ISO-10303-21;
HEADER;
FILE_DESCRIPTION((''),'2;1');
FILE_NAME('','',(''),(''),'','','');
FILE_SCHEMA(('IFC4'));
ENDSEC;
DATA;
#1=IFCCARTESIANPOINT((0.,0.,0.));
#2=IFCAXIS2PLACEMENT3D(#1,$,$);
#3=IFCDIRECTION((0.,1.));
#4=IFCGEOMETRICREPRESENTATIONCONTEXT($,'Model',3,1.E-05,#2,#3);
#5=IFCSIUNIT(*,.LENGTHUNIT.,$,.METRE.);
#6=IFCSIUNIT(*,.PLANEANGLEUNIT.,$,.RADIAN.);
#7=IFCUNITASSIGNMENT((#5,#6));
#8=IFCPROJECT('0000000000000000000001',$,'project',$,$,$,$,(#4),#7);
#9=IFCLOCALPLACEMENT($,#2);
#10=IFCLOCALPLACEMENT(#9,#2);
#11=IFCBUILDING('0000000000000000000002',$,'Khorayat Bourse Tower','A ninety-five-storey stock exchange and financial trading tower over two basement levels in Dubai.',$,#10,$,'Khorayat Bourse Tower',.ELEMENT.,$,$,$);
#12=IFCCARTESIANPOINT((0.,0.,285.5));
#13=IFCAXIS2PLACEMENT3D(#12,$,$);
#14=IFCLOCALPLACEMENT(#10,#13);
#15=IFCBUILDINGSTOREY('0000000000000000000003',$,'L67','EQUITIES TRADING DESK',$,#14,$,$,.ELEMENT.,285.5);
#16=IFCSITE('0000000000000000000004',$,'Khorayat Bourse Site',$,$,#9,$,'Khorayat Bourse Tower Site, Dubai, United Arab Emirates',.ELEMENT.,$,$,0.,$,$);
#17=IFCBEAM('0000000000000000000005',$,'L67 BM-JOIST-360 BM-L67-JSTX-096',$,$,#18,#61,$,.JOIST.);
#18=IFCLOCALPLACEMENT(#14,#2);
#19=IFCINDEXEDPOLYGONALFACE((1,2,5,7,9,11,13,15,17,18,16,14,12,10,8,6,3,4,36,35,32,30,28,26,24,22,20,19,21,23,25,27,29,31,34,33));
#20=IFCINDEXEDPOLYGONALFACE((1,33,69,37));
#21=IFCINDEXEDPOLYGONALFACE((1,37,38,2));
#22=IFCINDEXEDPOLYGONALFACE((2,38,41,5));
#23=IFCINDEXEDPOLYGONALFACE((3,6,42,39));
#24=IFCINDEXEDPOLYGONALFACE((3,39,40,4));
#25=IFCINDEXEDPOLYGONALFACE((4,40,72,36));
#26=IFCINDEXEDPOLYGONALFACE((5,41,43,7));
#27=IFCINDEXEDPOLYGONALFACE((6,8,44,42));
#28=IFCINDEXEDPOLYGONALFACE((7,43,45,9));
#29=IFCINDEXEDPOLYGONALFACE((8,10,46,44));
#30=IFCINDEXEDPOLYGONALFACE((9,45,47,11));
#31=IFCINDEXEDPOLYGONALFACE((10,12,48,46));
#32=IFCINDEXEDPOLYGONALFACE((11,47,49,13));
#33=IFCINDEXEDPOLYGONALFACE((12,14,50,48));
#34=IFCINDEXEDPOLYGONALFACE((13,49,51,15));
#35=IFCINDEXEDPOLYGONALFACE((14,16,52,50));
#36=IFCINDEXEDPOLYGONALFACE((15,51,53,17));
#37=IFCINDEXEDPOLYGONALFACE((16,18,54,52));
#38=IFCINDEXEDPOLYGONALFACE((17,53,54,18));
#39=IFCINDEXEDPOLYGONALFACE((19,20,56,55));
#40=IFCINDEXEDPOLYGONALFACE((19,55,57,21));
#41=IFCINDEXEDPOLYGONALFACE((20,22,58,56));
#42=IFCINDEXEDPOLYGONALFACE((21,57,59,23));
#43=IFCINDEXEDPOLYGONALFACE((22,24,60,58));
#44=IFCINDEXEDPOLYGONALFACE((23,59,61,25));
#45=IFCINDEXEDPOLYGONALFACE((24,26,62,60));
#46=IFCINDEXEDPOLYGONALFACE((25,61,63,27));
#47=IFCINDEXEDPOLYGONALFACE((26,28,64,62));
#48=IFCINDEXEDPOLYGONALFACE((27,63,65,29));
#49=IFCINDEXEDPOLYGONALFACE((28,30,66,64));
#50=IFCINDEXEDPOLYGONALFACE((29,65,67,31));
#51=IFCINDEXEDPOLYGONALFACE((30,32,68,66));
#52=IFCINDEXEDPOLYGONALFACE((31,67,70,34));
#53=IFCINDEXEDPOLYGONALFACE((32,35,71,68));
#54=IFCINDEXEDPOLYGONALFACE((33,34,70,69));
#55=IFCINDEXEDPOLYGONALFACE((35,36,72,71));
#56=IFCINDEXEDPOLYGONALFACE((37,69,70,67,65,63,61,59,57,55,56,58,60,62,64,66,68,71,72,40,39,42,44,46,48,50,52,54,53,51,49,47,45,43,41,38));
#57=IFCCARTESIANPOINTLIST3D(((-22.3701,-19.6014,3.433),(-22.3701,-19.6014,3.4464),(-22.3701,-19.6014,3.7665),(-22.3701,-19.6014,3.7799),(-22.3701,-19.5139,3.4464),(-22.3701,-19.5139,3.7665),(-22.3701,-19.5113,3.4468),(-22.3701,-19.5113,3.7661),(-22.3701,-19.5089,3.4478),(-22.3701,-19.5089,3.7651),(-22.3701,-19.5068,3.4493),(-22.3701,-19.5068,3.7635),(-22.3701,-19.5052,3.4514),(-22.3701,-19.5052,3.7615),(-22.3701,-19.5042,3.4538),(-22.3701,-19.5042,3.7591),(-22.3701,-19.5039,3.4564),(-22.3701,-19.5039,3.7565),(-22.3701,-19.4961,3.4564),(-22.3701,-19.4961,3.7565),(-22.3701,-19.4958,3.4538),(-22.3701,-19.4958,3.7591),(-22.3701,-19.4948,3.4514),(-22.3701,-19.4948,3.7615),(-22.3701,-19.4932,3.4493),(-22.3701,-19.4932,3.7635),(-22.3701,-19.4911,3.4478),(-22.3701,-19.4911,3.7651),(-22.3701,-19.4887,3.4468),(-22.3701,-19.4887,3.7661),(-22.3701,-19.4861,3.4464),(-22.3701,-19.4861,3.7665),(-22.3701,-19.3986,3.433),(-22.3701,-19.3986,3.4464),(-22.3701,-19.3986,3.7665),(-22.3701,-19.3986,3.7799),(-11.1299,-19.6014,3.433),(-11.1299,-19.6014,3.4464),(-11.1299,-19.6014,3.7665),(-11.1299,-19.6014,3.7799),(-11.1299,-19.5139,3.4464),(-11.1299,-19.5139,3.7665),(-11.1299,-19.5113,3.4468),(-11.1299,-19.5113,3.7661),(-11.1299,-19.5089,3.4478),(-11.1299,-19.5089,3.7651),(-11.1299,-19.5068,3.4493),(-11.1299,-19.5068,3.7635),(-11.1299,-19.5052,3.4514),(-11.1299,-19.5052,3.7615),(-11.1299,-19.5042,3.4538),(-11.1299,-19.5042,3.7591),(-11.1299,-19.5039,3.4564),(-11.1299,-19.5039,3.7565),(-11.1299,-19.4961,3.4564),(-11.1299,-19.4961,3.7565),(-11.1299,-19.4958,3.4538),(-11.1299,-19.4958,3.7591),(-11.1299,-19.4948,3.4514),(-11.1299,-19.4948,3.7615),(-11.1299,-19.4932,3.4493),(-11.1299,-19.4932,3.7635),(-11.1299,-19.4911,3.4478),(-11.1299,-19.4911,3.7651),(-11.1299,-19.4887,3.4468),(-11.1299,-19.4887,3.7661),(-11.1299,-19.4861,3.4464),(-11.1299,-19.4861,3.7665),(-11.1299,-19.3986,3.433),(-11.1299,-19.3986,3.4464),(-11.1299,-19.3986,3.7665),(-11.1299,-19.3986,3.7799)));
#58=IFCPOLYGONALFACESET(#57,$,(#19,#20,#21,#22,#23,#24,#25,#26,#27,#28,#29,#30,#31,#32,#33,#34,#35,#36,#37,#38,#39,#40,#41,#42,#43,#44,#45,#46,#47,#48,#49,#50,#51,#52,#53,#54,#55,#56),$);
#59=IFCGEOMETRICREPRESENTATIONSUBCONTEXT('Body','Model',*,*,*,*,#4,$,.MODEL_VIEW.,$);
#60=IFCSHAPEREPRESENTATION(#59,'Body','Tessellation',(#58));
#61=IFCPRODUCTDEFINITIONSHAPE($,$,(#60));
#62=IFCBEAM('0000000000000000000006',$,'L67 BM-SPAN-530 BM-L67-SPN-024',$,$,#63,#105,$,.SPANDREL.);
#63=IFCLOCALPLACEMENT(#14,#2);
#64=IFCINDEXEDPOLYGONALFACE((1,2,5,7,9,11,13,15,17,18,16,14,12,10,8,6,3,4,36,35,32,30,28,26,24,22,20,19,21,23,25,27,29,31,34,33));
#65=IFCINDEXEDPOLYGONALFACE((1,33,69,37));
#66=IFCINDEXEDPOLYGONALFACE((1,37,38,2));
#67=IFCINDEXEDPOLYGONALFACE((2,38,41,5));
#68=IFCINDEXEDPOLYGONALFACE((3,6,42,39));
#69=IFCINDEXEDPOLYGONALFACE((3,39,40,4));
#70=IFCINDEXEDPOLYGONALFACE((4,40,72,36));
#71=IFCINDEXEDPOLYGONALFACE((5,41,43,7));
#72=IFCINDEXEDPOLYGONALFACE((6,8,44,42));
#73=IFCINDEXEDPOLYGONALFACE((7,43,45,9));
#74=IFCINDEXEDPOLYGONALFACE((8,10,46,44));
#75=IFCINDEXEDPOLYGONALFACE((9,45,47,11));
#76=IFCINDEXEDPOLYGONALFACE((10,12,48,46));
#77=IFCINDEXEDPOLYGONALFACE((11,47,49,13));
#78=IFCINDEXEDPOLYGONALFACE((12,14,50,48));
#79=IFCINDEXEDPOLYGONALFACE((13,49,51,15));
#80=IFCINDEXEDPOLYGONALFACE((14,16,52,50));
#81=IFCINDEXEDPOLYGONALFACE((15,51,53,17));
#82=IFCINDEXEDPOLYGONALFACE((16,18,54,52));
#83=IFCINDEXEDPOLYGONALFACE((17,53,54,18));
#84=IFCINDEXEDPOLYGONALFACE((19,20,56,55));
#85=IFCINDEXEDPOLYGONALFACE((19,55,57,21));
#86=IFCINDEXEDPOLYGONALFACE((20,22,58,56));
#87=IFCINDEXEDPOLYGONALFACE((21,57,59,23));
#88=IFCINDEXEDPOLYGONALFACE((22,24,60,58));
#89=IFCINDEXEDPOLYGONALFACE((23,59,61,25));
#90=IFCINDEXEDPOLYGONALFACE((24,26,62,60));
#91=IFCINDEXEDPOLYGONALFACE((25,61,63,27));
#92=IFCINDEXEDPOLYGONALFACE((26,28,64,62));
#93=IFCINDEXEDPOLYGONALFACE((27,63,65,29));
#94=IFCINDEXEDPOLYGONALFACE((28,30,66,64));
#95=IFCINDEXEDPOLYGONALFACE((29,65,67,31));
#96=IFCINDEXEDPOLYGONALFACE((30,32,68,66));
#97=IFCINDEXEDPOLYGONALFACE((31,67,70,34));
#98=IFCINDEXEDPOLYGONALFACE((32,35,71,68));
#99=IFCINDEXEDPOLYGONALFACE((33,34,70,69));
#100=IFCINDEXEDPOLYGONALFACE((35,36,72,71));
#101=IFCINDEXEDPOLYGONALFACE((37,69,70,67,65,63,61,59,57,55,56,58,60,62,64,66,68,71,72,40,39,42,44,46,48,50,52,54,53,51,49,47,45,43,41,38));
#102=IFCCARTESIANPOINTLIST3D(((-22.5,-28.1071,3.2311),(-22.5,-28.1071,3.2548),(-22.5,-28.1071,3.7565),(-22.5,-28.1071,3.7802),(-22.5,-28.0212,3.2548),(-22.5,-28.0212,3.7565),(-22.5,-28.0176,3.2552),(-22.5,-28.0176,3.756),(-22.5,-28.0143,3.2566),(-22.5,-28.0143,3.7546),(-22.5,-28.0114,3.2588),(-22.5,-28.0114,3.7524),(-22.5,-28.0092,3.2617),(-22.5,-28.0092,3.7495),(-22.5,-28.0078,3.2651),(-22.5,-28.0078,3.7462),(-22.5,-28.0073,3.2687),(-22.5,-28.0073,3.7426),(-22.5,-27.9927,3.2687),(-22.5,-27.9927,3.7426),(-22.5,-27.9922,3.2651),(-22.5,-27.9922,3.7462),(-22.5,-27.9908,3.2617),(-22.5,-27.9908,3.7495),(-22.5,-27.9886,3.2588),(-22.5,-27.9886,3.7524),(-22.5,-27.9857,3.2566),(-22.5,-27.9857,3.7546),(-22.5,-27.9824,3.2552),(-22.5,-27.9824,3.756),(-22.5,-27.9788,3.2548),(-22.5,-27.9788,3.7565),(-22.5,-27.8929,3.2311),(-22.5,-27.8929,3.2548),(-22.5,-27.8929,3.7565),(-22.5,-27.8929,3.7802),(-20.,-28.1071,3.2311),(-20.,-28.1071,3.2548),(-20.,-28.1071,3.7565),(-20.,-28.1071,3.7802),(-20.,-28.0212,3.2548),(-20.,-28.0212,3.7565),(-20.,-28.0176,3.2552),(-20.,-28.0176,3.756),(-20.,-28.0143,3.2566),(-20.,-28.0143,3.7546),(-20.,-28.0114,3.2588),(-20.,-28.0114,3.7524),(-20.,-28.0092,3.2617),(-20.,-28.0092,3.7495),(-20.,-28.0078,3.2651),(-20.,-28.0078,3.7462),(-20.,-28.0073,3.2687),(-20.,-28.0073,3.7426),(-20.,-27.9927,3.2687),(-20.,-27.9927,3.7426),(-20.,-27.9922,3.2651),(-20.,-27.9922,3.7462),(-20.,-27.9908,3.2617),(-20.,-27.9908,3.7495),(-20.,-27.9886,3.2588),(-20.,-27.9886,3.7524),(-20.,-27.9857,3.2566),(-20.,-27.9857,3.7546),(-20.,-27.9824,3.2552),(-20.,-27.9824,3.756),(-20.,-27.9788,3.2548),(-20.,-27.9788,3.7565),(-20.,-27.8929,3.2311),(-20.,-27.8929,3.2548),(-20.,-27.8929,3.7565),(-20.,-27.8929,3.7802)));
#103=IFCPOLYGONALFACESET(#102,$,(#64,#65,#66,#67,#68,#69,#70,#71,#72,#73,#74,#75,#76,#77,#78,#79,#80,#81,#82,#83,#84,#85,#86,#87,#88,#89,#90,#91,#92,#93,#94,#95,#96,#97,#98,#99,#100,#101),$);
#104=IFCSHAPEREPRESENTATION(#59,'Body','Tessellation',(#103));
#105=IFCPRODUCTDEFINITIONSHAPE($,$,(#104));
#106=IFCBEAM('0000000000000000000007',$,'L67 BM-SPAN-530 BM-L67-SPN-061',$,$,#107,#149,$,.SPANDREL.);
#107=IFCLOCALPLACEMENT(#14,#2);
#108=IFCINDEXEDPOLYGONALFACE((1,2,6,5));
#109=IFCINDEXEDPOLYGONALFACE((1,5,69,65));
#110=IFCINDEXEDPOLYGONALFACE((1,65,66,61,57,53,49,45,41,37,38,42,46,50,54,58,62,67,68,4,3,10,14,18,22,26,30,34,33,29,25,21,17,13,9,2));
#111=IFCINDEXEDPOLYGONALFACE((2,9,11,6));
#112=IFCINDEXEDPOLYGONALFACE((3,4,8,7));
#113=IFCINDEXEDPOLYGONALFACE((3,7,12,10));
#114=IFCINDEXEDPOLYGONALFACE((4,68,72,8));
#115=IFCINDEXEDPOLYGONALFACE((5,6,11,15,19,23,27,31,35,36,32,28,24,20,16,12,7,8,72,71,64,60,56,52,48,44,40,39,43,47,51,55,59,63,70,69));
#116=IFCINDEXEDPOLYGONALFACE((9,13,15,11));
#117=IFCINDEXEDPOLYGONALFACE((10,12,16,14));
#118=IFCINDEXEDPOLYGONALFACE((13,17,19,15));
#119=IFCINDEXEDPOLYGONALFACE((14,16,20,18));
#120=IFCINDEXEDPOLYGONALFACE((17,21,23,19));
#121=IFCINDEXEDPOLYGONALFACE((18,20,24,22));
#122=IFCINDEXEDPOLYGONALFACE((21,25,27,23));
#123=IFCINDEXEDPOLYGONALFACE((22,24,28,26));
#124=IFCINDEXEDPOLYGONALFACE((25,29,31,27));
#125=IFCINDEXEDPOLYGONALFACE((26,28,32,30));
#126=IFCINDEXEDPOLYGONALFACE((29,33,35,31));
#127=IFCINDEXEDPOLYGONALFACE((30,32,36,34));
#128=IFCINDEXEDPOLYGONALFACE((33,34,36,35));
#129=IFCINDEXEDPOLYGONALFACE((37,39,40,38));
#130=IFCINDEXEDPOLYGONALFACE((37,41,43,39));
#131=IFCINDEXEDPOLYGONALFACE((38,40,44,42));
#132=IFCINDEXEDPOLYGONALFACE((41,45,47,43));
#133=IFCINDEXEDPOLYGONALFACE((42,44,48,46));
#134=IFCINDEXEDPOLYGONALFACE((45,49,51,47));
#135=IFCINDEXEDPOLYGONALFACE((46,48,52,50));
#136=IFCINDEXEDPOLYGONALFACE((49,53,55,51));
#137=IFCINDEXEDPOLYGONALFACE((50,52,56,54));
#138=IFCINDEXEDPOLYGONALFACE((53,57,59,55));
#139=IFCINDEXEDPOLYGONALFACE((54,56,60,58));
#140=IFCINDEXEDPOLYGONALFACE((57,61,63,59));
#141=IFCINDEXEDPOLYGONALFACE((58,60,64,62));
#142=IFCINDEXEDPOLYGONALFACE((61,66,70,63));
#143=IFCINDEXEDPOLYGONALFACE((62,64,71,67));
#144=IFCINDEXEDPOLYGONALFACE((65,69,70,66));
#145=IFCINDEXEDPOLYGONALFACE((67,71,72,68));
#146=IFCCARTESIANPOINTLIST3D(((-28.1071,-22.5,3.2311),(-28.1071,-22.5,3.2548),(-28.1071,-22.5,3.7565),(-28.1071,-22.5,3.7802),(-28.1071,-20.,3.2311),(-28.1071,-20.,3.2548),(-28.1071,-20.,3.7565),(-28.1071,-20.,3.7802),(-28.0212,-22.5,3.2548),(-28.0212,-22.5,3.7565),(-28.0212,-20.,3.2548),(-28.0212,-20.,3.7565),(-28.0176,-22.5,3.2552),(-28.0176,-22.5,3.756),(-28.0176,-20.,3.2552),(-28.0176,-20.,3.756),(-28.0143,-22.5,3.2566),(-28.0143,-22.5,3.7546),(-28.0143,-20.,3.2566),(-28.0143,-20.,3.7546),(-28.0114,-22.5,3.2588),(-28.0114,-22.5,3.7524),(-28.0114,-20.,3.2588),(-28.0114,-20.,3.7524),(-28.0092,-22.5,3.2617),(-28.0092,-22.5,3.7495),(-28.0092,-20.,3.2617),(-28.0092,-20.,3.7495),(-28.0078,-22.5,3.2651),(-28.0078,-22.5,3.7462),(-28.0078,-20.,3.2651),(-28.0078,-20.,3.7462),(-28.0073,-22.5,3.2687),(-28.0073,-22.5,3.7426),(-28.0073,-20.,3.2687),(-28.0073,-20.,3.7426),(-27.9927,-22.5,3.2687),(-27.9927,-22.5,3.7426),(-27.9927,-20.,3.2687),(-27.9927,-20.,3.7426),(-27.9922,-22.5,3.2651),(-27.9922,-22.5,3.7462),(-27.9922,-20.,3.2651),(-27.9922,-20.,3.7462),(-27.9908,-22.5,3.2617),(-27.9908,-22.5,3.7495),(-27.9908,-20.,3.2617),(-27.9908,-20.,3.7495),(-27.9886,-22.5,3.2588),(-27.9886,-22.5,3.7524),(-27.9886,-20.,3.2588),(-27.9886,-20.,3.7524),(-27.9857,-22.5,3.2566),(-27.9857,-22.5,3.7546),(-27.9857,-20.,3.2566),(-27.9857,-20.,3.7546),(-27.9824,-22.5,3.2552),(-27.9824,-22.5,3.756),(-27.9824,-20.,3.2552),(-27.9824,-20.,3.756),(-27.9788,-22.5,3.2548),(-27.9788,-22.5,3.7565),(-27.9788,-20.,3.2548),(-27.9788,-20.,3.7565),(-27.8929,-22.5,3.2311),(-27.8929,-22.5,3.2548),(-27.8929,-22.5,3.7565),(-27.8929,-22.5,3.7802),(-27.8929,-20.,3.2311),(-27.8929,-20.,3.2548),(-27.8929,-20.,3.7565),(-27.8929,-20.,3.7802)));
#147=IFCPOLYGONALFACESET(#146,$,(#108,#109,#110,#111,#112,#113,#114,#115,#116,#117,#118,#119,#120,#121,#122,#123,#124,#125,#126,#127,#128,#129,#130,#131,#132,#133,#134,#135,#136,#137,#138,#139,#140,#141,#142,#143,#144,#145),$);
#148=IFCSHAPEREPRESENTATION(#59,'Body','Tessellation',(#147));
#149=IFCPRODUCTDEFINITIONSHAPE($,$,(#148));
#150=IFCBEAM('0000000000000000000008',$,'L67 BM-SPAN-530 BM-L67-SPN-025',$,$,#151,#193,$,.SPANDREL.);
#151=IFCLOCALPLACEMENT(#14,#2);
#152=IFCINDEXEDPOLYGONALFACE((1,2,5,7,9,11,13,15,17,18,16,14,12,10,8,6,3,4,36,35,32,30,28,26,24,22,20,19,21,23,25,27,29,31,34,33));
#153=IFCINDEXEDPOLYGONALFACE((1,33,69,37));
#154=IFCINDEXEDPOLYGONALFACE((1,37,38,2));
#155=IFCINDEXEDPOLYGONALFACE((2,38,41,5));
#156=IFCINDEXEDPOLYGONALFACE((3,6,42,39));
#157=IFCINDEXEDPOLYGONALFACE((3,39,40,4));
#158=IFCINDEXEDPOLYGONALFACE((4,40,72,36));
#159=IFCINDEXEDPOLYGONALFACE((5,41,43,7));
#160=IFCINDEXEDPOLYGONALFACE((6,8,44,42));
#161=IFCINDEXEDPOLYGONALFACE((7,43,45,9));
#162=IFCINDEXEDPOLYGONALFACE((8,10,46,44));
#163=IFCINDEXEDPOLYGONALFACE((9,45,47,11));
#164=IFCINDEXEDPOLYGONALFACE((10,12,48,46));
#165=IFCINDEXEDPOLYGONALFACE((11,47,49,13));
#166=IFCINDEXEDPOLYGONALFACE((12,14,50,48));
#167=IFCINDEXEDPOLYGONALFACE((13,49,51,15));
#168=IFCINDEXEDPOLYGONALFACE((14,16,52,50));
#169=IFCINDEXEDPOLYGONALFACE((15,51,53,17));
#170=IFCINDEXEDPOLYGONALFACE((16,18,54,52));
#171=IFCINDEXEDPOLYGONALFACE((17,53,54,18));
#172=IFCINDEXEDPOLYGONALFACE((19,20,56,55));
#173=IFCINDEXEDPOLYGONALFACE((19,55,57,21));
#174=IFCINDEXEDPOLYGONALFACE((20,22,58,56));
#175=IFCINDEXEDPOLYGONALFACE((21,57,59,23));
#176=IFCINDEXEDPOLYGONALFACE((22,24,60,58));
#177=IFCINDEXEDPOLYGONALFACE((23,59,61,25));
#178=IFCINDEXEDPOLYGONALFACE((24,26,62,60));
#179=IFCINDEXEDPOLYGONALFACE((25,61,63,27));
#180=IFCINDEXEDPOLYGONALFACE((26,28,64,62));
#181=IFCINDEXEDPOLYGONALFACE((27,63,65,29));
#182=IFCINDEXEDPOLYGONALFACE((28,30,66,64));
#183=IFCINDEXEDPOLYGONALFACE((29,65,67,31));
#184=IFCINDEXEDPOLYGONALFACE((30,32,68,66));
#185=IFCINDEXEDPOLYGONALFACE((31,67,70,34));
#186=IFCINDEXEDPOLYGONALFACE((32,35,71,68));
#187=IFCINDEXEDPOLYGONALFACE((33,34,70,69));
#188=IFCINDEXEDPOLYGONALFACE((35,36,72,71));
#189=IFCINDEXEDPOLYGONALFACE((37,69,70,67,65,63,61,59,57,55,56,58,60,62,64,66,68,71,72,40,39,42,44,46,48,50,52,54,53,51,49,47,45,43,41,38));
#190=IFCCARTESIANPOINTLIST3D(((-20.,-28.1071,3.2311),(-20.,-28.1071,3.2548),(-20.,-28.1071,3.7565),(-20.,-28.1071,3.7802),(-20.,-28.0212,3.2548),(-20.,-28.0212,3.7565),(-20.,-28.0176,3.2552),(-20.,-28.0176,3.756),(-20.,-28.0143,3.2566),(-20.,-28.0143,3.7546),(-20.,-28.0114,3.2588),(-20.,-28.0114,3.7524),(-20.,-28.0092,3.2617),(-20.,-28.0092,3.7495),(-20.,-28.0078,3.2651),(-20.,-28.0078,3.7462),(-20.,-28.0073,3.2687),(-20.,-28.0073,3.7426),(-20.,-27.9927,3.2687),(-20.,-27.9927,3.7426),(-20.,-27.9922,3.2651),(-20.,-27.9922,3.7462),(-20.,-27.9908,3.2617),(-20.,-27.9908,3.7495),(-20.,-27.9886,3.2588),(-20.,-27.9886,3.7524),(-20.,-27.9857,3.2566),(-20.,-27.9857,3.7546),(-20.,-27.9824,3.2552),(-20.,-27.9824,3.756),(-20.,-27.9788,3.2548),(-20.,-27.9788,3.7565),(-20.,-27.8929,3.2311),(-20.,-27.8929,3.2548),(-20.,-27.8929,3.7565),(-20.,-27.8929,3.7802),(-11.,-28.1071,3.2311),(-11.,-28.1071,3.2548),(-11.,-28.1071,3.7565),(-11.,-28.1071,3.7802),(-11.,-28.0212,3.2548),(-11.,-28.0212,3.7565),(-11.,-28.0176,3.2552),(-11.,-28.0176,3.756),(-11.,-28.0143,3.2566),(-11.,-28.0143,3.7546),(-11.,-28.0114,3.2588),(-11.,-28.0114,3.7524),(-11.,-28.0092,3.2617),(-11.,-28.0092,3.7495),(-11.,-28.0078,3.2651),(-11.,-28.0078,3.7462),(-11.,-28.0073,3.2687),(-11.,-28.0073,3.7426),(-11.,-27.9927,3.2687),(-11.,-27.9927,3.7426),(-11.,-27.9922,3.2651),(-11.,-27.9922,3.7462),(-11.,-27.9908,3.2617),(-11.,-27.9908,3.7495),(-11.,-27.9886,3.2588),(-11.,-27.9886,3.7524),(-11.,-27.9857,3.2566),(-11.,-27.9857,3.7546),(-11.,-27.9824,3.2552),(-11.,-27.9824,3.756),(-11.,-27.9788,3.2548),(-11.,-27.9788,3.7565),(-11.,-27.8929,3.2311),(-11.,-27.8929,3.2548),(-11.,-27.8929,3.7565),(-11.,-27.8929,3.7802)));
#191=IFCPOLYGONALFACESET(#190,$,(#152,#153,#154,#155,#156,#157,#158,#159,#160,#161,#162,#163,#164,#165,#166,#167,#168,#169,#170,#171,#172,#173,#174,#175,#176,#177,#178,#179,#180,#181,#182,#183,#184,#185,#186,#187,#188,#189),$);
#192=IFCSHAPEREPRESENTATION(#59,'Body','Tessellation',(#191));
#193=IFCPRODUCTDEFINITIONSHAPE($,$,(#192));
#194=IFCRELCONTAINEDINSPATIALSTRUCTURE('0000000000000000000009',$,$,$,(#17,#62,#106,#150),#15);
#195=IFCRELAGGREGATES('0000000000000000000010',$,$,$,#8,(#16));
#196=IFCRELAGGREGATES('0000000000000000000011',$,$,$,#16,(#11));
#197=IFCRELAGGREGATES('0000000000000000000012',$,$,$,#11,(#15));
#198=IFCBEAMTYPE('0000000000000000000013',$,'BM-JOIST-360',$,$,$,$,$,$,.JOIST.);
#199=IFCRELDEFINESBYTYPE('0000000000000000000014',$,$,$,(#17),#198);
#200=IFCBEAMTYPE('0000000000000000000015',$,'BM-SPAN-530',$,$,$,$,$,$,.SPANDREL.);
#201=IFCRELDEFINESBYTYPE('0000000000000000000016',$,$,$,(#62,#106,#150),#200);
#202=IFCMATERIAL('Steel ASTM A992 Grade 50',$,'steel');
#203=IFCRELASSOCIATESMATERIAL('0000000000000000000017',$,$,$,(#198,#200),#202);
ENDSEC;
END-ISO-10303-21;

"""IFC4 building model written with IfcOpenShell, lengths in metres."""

from ifc_helpers import new_model, si_unit, direction, frame, origin, origin_2d, place, context, subcontext, project, spatial, i_section, extrude, source, transform, mapped, material, material_profile, profile_set, type_object, element, save


model = new_model("IFC4")

# Units and contexts
model_context = context("Model", 3, precision=1e-05, world=origin(), true_north=direction((0.0, 1.0)))
body_context = subcontext(model_context, "Body", "Model", "MODEL_VIEW")
ifc_project = project(units=[si_unit("LENGTHUNIT", "METRE"), si_unit("PLANEANGLEUNIT", "RADIAN")], contexts=[model_context])

# Site, building, storey
site_placement = place(None, origin())
site = spatial("IfcSite", under=ifc_project, at=site_placement, Name="Khorayat Bourse Site", LongName="Khorayat Bourse Tower Site, Dubai, United Arab Emirates", CompositionType="ELEMENT", RefElevation=0.0)
building_placement = place(site_placement, origin())
building = spatial("IfcBuilding", under=site, at=building_placement, Name="Khorayat Bourse Tower", Description="A ninety-five-storey stock exchange and financial trading tower over two basement levels in Dubai.", LongName="Khorayat Bourse Tower", CompositionType="ELEMENT")
storey_placement = place(building_placement, frame((0.0, 0.0, 285.5)))
storey = spatial("IfcBuildingStorey", under=building, at=storey_placement, Name="L67", Description="EQUITIES TRADING DESK", CompositionType="ELEMENT", Elevation=285.5)

# Beams
ifc_material_1 = material(Name="Steel ASTM A992 Grade 50", Category="steel")
ifc_material_profile_1 = material_profile(ifc_material_1, i_section(OverallWidth=0.2029, OverallDepth=0.3469, WebThickness=0.0078, FlangeThickness=0.0134, FilletRadius=0.01, at=origin_2d()), Name="W360X64")
ifc_profile_set_1 = profile_set([ifc_material_profile_1], Name="Steel ASTM A992 Grade 50")
beam_type_1 = type_object("IfcBeamType", Name="BM-JOIST-360", PredefinedType="JOIST", material=ifc_profile_set_1)
shared_shape_1 = source(origin(), body_context, "Body", "SweptSolid", [
    extrude(i_section(OverallWidth=0.2029, OverallDepth=0.3469, WebThickness=0.0078, FlangeThickness=0.0134, FilletRadius=0.01, at=origin_2d()), origin(), (0.0, 0.0, 1.0), 11.2402),
])
beam_1_placement = place(storey_placement, frame((-22.3701, -19.5, 3.6064), z_axis=(1.0, 0.0, 0.0), x_axis=(0.0, 1.0, 0.0)))
element("IfcBeam", 1, at=beam_1_placement, inside=storey, type_object=beam_type_1, Name="L67 BM-JOIST-360 BM-L67-JSTX-096", PredefinedType="JOIST", context=body_context, shape_type="MappedRepresentation", body=[
    mapped(shared_shape_1, transform((0.0, 0.0, 0.0), scale=1.0)),
])
ifc_material_profile_2 = material_profile(ifc_material_1, i_section(OverallWidth=0.2141, OverallDepth=0.5491, WebThickness=0.0146, FlangeThickness=0.0237, FilletRadius=0.0139, at=origin_2d()), Name="W530X138")
ifc_profile_set_2 = profile_set([ifc_material_profile_2], Name="Steel ASTM A992 Grade 50")
beam_type_2 = type_object("IfcBeamType", Name="BM-SPAN-530", PredefinedType="SPANDREL", material=ifc_profile_set_2)
shared_shape_2 = source(origin(), body_context, "Body", "SweptSolid", [
    extrude(i_section(OverallWidth=0.2141, OverallDepth=0.5491, WebThickness=0.0146, FlangeThickness=0.0237, FilletRadius=0.0139, at=origin_2d()), origin(), (0.0, 0.0, 1.0), 2.5),
])
for number, where, z_axis, x_axis, name in (
    (2, (-22.5, -28.0, 3.5056), (1.0, 0.0, 0.0), (0.0, 1.0, 0.0), "L67 BM-SPAN-530 BM-L67-SPN-024"),
    (3, (-28.0, -22.5, 3.5056), (0.0, 1.0, 0.0), (-1.0, 0.0, 0.0), "L67 BM-SPAN-530 BM-L67-SPN-061"),
):
    element("IfcBeam", number, at=place(storey_placement, frame(where, z_axis=z_axis, x_axis=x_axis)), inside=storey, type_object=beam_type_2, Name=name, PredefinedType="SPANDREL", context=body_context, shape_type="MappedRepresentation", body=[
        mapped(shared_shape_2, transform((0.0, 0.0, 0.0), scale=1.0)),
    ])
shared_shape_3 = source(origin(), body_context, "Body", "SweptSolid", [
    extrude(i_section(OverallWidth=0.2141, OverallDepth=0.5491, WebThickness=0.0146, FlangeThickness=0.0237, FilletRadius=0.0139, at=origin_2d()), origin(), (0.0, 0.0, 1.0), 9.0),
])
for number, where, z_axis, x_axis, name in (
    (4, (-20.0, -28.0, 3.5056), (1.0, 0.0, 0.0), (0.0, 1.0, 0.0), "L67 BM-SPAN-530 BM-L67-SPN-025"),
):
    element("IfcBeam", number, at=place(storey_placement, frame(where, z_axis=z_axis, x_axis=x_axis)), inside=storey, type_object=beam_type_2, Name=name, PredefinedType="SPANDREL", context=body_context, shape_type="MappedRepresentation", body=[
        mapped(shared_shape_3, transform((0.0, 0.0, 0.0), scale=1.0)),
    ])

save(model, "model.ifc")
